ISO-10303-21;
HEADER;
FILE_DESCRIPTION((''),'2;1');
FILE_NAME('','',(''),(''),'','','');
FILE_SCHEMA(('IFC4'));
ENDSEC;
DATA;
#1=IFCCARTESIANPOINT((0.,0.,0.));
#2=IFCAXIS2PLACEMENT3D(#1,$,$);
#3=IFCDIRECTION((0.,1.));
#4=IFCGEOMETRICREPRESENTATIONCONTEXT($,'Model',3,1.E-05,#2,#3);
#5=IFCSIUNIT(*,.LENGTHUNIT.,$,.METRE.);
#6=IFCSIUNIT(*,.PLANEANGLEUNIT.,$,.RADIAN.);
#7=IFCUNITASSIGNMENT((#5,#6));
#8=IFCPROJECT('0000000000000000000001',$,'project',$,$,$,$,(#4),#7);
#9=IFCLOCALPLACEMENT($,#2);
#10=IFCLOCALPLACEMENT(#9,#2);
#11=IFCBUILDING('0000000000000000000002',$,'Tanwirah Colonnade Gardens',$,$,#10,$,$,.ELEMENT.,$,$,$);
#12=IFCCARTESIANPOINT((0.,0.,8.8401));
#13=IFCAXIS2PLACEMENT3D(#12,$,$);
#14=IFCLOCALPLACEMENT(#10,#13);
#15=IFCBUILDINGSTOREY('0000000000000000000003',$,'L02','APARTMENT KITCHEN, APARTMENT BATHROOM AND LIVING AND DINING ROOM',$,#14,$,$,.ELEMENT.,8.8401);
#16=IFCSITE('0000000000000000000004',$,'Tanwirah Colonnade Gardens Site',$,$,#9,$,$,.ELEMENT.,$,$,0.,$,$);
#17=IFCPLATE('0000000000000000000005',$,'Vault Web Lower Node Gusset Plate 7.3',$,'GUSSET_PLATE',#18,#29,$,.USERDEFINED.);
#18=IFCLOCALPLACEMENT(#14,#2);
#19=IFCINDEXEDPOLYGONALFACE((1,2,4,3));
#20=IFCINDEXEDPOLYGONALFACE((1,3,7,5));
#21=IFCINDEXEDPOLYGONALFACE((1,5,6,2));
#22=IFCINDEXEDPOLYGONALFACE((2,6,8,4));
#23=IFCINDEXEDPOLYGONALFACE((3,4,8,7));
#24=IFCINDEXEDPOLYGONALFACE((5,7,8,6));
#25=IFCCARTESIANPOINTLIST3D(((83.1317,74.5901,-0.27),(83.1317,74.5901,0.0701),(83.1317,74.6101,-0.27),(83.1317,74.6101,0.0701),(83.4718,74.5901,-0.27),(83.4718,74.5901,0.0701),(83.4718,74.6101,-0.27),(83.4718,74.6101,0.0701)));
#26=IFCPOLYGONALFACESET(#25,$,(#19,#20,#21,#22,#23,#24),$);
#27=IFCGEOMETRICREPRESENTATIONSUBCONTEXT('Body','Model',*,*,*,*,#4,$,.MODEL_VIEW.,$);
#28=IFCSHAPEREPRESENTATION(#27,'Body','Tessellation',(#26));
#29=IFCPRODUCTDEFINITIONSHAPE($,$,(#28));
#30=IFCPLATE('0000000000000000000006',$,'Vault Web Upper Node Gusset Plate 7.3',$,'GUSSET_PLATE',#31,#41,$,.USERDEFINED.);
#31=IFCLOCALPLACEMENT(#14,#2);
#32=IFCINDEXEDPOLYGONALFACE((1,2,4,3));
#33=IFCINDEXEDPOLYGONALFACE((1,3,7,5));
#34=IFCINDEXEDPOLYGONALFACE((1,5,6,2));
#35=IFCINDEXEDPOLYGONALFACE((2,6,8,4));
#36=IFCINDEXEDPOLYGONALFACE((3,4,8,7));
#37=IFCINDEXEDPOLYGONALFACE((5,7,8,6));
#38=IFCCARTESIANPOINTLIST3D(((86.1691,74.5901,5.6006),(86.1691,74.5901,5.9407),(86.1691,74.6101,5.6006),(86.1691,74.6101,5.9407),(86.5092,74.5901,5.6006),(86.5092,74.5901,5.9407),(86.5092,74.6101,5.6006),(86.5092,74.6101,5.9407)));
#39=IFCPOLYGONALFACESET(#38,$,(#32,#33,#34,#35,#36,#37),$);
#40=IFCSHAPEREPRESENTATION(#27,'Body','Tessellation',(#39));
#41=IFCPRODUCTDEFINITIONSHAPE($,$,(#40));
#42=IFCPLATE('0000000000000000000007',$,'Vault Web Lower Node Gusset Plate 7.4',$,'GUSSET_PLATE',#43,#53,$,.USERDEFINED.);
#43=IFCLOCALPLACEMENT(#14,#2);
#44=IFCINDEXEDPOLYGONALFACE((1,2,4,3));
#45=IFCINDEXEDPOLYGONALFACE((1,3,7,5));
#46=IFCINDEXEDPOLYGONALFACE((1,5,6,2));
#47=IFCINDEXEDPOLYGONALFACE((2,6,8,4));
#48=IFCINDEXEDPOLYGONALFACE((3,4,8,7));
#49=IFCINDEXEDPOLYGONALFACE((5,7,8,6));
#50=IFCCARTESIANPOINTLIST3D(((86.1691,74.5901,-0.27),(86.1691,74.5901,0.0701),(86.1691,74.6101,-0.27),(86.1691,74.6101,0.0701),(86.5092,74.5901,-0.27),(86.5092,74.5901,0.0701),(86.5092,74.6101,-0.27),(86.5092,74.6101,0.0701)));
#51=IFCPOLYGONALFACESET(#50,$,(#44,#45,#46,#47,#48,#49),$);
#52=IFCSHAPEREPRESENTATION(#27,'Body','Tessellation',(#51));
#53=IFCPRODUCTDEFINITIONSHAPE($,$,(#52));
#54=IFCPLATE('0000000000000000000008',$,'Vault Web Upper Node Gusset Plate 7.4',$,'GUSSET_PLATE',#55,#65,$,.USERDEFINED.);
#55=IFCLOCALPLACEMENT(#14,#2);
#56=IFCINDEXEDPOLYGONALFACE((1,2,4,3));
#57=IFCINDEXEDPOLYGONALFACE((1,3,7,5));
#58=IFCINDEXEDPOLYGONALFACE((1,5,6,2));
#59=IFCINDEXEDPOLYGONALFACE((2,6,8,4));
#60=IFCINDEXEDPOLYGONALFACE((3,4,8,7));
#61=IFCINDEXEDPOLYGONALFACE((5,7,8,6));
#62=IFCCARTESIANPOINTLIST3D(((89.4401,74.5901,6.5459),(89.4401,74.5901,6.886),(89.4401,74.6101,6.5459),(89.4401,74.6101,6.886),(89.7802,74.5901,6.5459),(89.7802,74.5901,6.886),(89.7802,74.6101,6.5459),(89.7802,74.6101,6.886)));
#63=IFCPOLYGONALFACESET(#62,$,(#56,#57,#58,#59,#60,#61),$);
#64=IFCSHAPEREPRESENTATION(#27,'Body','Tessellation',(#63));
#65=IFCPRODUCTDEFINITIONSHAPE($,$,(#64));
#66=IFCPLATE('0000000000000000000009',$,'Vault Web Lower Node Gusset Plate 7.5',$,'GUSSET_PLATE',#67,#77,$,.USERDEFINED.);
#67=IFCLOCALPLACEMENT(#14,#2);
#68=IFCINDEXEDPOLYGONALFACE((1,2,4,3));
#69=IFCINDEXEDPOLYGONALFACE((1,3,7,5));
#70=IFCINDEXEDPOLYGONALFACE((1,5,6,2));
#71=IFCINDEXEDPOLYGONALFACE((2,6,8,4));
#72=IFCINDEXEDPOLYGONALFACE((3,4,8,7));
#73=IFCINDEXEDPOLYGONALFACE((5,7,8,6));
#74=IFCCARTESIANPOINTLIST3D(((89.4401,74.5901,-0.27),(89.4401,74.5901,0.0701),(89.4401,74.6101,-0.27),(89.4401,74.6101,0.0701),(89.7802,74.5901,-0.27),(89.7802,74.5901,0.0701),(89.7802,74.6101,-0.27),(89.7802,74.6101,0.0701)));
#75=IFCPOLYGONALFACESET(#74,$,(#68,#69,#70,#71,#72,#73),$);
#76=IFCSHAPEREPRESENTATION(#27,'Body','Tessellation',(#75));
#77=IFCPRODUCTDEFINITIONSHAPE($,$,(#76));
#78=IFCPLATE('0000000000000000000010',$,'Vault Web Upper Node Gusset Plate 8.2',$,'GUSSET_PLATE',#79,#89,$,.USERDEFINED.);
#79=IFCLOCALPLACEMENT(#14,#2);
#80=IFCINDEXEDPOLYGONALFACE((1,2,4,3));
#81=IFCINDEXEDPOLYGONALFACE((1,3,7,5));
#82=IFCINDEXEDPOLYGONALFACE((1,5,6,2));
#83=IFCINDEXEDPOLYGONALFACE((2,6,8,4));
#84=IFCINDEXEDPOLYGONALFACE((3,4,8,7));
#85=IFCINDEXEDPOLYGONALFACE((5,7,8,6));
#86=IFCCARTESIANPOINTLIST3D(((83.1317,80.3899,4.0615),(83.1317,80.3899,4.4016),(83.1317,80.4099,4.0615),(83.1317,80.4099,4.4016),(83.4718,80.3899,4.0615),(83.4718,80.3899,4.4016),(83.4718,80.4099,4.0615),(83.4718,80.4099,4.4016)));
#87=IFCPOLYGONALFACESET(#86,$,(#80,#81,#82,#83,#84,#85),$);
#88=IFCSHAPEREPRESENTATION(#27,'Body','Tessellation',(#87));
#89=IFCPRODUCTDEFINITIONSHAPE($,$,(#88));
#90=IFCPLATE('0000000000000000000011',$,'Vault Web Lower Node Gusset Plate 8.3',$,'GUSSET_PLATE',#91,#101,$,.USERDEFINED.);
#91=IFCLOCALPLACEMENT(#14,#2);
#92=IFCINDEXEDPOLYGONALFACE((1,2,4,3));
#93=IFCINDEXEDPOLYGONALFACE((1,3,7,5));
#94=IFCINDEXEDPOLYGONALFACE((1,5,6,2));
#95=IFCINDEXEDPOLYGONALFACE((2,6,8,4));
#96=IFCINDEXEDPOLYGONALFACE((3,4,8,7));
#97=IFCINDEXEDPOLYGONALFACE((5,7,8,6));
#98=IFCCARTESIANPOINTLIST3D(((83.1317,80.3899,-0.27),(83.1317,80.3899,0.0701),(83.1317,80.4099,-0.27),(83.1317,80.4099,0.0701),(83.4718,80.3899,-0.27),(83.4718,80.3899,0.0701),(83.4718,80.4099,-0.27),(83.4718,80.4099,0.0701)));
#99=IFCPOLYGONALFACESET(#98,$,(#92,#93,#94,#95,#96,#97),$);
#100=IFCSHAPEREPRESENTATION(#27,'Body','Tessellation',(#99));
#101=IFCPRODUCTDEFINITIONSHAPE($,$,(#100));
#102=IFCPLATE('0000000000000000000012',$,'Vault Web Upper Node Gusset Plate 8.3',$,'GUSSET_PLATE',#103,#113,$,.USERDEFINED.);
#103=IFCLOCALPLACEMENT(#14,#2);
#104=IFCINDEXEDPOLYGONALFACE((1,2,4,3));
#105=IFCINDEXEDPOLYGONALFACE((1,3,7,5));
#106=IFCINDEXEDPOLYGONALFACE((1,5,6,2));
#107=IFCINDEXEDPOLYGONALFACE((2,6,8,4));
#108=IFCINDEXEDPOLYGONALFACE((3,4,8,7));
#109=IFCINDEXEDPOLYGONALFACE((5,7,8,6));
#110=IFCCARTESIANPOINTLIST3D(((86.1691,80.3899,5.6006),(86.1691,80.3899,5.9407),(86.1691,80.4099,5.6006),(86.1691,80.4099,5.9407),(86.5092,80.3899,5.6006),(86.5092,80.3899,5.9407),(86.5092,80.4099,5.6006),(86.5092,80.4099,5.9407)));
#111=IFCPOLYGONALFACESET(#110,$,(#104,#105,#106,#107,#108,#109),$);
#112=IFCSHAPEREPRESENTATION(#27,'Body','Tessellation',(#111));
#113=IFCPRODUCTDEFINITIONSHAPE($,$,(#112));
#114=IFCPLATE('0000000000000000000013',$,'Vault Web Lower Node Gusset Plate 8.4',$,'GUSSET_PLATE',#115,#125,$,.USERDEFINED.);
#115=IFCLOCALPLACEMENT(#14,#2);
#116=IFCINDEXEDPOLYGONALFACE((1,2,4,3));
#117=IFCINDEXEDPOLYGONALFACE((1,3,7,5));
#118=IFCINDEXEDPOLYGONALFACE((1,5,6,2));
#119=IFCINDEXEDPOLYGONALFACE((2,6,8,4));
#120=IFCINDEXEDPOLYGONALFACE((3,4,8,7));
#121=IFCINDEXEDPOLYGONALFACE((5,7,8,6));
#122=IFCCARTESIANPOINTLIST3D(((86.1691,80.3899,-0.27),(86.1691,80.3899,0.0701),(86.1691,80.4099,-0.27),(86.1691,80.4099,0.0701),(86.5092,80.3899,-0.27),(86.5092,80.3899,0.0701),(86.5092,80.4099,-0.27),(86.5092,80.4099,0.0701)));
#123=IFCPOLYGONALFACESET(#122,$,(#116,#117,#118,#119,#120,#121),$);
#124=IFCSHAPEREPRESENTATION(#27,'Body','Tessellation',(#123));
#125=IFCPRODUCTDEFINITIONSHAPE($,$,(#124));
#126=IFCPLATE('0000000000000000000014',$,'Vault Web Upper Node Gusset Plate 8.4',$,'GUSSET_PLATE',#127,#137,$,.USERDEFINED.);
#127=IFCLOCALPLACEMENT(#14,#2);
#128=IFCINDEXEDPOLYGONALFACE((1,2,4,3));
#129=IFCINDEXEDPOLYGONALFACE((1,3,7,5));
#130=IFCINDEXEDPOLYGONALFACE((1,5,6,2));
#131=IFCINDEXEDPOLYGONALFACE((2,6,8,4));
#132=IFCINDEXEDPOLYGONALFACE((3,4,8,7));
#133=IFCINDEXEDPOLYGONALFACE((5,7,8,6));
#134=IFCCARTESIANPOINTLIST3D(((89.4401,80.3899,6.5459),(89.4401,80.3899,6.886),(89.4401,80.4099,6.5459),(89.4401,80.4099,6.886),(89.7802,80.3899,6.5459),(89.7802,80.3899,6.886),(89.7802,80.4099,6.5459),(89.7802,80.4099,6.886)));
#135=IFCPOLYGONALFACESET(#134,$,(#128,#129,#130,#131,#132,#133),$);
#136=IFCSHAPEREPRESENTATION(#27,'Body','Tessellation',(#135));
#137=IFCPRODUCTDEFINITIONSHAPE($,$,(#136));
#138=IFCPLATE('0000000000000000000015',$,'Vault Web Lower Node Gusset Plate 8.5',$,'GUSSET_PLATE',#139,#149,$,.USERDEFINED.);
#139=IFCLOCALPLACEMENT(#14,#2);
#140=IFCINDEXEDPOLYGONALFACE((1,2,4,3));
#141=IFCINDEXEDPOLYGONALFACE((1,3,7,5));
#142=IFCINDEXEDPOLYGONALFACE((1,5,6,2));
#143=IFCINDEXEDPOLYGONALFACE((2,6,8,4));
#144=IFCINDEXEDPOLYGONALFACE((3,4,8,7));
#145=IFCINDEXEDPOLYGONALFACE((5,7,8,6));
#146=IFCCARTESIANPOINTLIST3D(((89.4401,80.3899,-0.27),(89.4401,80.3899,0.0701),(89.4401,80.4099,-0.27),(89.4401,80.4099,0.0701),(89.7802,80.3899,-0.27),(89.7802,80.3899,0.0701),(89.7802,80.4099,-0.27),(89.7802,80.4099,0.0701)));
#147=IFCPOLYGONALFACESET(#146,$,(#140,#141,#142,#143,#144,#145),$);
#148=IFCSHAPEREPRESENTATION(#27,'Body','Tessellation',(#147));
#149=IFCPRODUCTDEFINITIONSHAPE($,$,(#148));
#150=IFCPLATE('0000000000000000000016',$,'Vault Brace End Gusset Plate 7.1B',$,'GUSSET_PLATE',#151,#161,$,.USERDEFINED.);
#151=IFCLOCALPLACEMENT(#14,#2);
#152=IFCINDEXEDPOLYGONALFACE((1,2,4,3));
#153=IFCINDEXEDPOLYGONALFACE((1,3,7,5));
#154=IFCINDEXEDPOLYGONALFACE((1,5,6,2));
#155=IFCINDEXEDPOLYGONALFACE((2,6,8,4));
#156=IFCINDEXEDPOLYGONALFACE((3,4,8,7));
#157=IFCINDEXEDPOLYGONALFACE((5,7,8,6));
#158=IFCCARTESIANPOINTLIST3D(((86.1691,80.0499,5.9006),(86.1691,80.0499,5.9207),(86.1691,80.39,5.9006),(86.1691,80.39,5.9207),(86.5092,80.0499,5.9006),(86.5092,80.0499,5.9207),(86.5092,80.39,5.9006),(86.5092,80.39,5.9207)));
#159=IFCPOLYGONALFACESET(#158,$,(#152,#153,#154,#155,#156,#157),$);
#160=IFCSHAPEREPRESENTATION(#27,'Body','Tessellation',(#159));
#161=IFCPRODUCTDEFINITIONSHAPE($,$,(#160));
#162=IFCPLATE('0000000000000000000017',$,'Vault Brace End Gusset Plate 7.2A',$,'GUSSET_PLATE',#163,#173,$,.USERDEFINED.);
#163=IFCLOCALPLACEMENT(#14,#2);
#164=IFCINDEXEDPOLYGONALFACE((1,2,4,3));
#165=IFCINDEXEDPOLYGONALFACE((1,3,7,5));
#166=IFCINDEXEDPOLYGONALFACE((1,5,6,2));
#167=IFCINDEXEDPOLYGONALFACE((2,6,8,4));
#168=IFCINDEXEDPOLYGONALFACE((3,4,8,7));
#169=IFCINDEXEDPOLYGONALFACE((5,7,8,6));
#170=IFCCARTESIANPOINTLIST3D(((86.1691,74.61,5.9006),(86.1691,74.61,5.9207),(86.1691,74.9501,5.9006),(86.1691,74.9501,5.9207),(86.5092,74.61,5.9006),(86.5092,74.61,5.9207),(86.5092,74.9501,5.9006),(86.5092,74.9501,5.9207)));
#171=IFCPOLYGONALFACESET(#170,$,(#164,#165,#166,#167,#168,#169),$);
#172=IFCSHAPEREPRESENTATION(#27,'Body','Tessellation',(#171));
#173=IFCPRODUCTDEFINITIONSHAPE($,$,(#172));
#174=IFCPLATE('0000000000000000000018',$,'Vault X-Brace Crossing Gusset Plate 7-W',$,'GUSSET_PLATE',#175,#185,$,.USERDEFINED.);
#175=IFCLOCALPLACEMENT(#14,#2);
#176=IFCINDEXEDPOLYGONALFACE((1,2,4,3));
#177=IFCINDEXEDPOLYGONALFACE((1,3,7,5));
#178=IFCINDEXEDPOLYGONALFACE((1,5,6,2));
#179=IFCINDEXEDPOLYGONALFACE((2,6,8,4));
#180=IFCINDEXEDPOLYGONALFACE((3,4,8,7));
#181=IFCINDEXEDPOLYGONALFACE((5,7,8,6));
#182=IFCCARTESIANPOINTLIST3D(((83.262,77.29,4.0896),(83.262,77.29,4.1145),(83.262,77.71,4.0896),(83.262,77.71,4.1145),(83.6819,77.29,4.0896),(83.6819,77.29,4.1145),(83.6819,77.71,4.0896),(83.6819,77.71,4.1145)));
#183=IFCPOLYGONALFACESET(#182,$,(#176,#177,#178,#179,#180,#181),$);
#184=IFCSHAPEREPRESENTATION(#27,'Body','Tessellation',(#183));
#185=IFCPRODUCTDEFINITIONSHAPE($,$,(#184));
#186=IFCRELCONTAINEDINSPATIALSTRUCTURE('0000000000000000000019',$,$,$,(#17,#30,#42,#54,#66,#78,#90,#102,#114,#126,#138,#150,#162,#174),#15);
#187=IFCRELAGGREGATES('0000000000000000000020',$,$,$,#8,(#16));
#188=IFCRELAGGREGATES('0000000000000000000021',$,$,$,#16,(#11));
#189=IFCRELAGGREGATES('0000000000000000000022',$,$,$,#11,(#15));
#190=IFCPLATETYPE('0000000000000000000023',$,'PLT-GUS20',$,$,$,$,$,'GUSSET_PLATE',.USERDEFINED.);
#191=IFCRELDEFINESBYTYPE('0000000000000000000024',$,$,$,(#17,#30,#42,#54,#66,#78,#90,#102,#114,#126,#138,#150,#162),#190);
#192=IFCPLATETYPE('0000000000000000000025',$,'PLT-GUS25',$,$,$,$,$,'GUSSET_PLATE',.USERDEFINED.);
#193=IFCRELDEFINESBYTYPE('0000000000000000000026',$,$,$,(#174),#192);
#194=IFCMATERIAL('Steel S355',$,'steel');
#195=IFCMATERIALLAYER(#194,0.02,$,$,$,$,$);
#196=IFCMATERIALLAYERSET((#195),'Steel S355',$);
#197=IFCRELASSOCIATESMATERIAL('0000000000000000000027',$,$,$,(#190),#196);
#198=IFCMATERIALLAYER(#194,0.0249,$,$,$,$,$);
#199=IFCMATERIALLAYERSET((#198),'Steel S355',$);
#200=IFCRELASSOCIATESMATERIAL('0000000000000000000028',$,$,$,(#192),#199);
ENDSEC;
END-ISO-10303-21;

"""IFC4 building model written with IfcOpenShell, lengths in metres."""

from ifc_helpers import new_model, si_unit, direction, frame, origin, origin_2d, place, context, subcontext, project, spatial, rectangle, extrude, material, layer, layer_set, type_object, element, save


model = new_model("IFC4")

# Units and contexts
model_context = context("Model", 3, precision=1e-05, world=origin(), true_north=direction((0.0, 1.0)))
body_context = subcontext(model_context, "Body", "Model", "MODEL_VIEW")
ifc_project = project(units=[si_unit("LENGTHUNIT", "METRE"), si_unit("PLANEANGLEUNIT", "RADIAN")], contexts=[model_context])

# Site, building, storey
site_placement = place(None, origin())
site = spatial("IfcSite", under=ifc_project, at=site_placement, Name="Tanwirah Colonnade Gardens Site", CompositionType="ELEMENT", RefElevation=0.0)
building_placement = place(site_placement, origin())
building = spatial("IfcBuilding", under=site, at=building_placement, Name="Tanwirah Colonnade Gardens", CompositionType="ELEMENT")
storey_placement = place(building_placement, frame((0.0, 0.0, 8.8401)))
storey = spatial("IfcBuildingStorey", under=building, at=storey_placement, Name="L02", Description="APARTMENT KITCHEN, APARTMENT BATHROOM AND LIVING AND DINING ROOM", CompositionType="ELEMENT", Elevation=8.8401)

# Shared definitions
ifc_material_1 = material(Name="Steel S355", Category="steel")

# Plates
ifc_layer_1 = layer(ifc_material_1, 0.02)
ifc_layer_set_1 = layer_set([ifc_layer_1], Name="Steel S355")
plate_type_1 = type_object("IfcPlateType", Name="PLT-GUS20", ElementType="GUSSET_PLATE", PredefinedType="USERDEFINED", material=ifc_layer_set_1)
for number, where, z_axis, x_axis, name in (
    (1, (83.3018, 74.6001, -0.27), (0.0, 0.0, 1.0), (1.0, 0.0, 0.0), "Vault Web Lower Node Gusset Plate 7.3"),
    (2, (86.3391, 74.6001, 5.6006), (0.0, 0.0, 1.0), (1.0, 0.0, 0.0), "Vault Web Upper Node Gusset Plate 7.3"),
    (3, (86.3391, 74.6001, -0.27), (0.0, 0.0, 1.0), (1.0, 0.0, 0.0), "Vault Web Lower Node Gusset Plate 7.4"),
    (4, (89.6101, 74.6001, 6.5459), (0.0, 0.0, 1.0), (1.0, 0.0, 0.0), "Vault Web Upper Node Gusset Plate 7.4"),
    (5, (89.6101, 74.6001, -0.27), (0.0, 0.0, 1.0), (1.0, 0.0, 0.0), "Vault Web Lower Node Gusset Plate 7.5"),
    (6, (83.3018, 80.3999, 4.0615), (0.0, 0.0, 1.0), (1.0, 0.0, 0.0), "Vault Web Upper Node Gusset Plate 8.2"),
    (7, (83.3018, 80.3999, -0.27), (0.0, 0.0, 1.0), (1.0, 0.0, 0.0), "Vault Web Lower Node Gusset Plate 8.3"),
    (8, (86.3391, 80.3999, 5.6006), (0.0, 0.0, 1.0), (1.0, 0.0, 0.0), "Vault Web Upper Node Gusset Plate 8.3"),
    (9, (86.3391, 80.3999, -0.27), (0.0, 0.0, 1.0), (1.0, 0.0, 0.0), "Vault Web Lower Node Gusset Plate 8.4"),
    (10, (89.6101, 80.3999, 6.5459), (0.0, 0.0, 1.0), (1.0, 0.0, 0.0), "Vault Web Upper Node Gusset Plate 8.4"),
    (11, (89.6101, 80.3999, -0.27), (0.0, 0.0, 1.0), (1.0, 0.0, 0.0), "Vault Web Lower Node Gusset Plate 8.5"),
):
    element("IfcPlate", number, at=place(storey_placement, frame(where, z_axis=z_axis, x_axis=x_axis)), inside=storey, type_object=plate_type_1, Name=name, ObjectType="GUSSET_PLATE", PredefinedType="USERDEFINED", context=body_context, shape_type="SweptSolid", body=[
        extrude(rectangle(XDim=0.3401, YDim=0.02, at=origin_2d()), origin(), (0.0, 0.0, 1.0), 0.3401),
    ])
for number, where, z_axis, x_axis, name in (
    (12, (86.3391, 80.22, 5.9006), (0.0, 0.0, 1.0), (1.0, 0.0, 0.0), "Vault Brace End Gusset Plate 7.1B"),
    (13, (86.3391, 74.78, 5.9006), (0.0, 0.0, 1.0), (1.0, 0.0, 0.0), "Vault Brace End Gusset Plate 7.2A"),
):
    element("IfcPlate", number, at=place(storey_placement, frame(where, z_axis=z_axis, x_axis=x_axis)), inside=storey, type_object=plate_type_1, Name=name, ObjectType="GUSSET_PLATE", PredefinedType="USERDEFINED", context=body_context, shape_type="SweptSolid", body=[
        extrude(rectangle(XDim=0.3401, YDim=0.3401, at=origin_2d()), origin(), (0.0, 0.0, 1.0), 0.02),
    ])
ifc_layer_2 = layer(ifc_material_1, 0.0249)
ifc_layer_set_2 = layer_set([ifc_layer_2], Name="Steel S355")
plate_type_2 = type_object("IfcPlateType", Name="PLT-GUS25", ElementType="GUSSET_PLATE", PredefinedType="USERDEFINED", material=ifc_layer_set_2)
plate_placement = place(storey_placement, frame((83.4719, 77.5, 4.0896), z_axis=(0.0, 0.0, 1.0), x_axis=(1.0, 0.0, 0.0)))
element("IfcPlate", 14, at=plate_placement, inside=storey, type_object=plate_type_2, Name="Vault X-Brace Crossing Gusset Plate 7-W", ObjectType="GUSSET_PLATE", PredefinedType="USERDEFINED", context=body_context, shape_type="SweptSolid", body=[
    extrude(rectangle(XDim=0.4199, YDim=0.4199, at=origin_2d()), origin(), (0.0, 0.0, 1.0), 0.0249),
])

save(model, "model.ifc")
